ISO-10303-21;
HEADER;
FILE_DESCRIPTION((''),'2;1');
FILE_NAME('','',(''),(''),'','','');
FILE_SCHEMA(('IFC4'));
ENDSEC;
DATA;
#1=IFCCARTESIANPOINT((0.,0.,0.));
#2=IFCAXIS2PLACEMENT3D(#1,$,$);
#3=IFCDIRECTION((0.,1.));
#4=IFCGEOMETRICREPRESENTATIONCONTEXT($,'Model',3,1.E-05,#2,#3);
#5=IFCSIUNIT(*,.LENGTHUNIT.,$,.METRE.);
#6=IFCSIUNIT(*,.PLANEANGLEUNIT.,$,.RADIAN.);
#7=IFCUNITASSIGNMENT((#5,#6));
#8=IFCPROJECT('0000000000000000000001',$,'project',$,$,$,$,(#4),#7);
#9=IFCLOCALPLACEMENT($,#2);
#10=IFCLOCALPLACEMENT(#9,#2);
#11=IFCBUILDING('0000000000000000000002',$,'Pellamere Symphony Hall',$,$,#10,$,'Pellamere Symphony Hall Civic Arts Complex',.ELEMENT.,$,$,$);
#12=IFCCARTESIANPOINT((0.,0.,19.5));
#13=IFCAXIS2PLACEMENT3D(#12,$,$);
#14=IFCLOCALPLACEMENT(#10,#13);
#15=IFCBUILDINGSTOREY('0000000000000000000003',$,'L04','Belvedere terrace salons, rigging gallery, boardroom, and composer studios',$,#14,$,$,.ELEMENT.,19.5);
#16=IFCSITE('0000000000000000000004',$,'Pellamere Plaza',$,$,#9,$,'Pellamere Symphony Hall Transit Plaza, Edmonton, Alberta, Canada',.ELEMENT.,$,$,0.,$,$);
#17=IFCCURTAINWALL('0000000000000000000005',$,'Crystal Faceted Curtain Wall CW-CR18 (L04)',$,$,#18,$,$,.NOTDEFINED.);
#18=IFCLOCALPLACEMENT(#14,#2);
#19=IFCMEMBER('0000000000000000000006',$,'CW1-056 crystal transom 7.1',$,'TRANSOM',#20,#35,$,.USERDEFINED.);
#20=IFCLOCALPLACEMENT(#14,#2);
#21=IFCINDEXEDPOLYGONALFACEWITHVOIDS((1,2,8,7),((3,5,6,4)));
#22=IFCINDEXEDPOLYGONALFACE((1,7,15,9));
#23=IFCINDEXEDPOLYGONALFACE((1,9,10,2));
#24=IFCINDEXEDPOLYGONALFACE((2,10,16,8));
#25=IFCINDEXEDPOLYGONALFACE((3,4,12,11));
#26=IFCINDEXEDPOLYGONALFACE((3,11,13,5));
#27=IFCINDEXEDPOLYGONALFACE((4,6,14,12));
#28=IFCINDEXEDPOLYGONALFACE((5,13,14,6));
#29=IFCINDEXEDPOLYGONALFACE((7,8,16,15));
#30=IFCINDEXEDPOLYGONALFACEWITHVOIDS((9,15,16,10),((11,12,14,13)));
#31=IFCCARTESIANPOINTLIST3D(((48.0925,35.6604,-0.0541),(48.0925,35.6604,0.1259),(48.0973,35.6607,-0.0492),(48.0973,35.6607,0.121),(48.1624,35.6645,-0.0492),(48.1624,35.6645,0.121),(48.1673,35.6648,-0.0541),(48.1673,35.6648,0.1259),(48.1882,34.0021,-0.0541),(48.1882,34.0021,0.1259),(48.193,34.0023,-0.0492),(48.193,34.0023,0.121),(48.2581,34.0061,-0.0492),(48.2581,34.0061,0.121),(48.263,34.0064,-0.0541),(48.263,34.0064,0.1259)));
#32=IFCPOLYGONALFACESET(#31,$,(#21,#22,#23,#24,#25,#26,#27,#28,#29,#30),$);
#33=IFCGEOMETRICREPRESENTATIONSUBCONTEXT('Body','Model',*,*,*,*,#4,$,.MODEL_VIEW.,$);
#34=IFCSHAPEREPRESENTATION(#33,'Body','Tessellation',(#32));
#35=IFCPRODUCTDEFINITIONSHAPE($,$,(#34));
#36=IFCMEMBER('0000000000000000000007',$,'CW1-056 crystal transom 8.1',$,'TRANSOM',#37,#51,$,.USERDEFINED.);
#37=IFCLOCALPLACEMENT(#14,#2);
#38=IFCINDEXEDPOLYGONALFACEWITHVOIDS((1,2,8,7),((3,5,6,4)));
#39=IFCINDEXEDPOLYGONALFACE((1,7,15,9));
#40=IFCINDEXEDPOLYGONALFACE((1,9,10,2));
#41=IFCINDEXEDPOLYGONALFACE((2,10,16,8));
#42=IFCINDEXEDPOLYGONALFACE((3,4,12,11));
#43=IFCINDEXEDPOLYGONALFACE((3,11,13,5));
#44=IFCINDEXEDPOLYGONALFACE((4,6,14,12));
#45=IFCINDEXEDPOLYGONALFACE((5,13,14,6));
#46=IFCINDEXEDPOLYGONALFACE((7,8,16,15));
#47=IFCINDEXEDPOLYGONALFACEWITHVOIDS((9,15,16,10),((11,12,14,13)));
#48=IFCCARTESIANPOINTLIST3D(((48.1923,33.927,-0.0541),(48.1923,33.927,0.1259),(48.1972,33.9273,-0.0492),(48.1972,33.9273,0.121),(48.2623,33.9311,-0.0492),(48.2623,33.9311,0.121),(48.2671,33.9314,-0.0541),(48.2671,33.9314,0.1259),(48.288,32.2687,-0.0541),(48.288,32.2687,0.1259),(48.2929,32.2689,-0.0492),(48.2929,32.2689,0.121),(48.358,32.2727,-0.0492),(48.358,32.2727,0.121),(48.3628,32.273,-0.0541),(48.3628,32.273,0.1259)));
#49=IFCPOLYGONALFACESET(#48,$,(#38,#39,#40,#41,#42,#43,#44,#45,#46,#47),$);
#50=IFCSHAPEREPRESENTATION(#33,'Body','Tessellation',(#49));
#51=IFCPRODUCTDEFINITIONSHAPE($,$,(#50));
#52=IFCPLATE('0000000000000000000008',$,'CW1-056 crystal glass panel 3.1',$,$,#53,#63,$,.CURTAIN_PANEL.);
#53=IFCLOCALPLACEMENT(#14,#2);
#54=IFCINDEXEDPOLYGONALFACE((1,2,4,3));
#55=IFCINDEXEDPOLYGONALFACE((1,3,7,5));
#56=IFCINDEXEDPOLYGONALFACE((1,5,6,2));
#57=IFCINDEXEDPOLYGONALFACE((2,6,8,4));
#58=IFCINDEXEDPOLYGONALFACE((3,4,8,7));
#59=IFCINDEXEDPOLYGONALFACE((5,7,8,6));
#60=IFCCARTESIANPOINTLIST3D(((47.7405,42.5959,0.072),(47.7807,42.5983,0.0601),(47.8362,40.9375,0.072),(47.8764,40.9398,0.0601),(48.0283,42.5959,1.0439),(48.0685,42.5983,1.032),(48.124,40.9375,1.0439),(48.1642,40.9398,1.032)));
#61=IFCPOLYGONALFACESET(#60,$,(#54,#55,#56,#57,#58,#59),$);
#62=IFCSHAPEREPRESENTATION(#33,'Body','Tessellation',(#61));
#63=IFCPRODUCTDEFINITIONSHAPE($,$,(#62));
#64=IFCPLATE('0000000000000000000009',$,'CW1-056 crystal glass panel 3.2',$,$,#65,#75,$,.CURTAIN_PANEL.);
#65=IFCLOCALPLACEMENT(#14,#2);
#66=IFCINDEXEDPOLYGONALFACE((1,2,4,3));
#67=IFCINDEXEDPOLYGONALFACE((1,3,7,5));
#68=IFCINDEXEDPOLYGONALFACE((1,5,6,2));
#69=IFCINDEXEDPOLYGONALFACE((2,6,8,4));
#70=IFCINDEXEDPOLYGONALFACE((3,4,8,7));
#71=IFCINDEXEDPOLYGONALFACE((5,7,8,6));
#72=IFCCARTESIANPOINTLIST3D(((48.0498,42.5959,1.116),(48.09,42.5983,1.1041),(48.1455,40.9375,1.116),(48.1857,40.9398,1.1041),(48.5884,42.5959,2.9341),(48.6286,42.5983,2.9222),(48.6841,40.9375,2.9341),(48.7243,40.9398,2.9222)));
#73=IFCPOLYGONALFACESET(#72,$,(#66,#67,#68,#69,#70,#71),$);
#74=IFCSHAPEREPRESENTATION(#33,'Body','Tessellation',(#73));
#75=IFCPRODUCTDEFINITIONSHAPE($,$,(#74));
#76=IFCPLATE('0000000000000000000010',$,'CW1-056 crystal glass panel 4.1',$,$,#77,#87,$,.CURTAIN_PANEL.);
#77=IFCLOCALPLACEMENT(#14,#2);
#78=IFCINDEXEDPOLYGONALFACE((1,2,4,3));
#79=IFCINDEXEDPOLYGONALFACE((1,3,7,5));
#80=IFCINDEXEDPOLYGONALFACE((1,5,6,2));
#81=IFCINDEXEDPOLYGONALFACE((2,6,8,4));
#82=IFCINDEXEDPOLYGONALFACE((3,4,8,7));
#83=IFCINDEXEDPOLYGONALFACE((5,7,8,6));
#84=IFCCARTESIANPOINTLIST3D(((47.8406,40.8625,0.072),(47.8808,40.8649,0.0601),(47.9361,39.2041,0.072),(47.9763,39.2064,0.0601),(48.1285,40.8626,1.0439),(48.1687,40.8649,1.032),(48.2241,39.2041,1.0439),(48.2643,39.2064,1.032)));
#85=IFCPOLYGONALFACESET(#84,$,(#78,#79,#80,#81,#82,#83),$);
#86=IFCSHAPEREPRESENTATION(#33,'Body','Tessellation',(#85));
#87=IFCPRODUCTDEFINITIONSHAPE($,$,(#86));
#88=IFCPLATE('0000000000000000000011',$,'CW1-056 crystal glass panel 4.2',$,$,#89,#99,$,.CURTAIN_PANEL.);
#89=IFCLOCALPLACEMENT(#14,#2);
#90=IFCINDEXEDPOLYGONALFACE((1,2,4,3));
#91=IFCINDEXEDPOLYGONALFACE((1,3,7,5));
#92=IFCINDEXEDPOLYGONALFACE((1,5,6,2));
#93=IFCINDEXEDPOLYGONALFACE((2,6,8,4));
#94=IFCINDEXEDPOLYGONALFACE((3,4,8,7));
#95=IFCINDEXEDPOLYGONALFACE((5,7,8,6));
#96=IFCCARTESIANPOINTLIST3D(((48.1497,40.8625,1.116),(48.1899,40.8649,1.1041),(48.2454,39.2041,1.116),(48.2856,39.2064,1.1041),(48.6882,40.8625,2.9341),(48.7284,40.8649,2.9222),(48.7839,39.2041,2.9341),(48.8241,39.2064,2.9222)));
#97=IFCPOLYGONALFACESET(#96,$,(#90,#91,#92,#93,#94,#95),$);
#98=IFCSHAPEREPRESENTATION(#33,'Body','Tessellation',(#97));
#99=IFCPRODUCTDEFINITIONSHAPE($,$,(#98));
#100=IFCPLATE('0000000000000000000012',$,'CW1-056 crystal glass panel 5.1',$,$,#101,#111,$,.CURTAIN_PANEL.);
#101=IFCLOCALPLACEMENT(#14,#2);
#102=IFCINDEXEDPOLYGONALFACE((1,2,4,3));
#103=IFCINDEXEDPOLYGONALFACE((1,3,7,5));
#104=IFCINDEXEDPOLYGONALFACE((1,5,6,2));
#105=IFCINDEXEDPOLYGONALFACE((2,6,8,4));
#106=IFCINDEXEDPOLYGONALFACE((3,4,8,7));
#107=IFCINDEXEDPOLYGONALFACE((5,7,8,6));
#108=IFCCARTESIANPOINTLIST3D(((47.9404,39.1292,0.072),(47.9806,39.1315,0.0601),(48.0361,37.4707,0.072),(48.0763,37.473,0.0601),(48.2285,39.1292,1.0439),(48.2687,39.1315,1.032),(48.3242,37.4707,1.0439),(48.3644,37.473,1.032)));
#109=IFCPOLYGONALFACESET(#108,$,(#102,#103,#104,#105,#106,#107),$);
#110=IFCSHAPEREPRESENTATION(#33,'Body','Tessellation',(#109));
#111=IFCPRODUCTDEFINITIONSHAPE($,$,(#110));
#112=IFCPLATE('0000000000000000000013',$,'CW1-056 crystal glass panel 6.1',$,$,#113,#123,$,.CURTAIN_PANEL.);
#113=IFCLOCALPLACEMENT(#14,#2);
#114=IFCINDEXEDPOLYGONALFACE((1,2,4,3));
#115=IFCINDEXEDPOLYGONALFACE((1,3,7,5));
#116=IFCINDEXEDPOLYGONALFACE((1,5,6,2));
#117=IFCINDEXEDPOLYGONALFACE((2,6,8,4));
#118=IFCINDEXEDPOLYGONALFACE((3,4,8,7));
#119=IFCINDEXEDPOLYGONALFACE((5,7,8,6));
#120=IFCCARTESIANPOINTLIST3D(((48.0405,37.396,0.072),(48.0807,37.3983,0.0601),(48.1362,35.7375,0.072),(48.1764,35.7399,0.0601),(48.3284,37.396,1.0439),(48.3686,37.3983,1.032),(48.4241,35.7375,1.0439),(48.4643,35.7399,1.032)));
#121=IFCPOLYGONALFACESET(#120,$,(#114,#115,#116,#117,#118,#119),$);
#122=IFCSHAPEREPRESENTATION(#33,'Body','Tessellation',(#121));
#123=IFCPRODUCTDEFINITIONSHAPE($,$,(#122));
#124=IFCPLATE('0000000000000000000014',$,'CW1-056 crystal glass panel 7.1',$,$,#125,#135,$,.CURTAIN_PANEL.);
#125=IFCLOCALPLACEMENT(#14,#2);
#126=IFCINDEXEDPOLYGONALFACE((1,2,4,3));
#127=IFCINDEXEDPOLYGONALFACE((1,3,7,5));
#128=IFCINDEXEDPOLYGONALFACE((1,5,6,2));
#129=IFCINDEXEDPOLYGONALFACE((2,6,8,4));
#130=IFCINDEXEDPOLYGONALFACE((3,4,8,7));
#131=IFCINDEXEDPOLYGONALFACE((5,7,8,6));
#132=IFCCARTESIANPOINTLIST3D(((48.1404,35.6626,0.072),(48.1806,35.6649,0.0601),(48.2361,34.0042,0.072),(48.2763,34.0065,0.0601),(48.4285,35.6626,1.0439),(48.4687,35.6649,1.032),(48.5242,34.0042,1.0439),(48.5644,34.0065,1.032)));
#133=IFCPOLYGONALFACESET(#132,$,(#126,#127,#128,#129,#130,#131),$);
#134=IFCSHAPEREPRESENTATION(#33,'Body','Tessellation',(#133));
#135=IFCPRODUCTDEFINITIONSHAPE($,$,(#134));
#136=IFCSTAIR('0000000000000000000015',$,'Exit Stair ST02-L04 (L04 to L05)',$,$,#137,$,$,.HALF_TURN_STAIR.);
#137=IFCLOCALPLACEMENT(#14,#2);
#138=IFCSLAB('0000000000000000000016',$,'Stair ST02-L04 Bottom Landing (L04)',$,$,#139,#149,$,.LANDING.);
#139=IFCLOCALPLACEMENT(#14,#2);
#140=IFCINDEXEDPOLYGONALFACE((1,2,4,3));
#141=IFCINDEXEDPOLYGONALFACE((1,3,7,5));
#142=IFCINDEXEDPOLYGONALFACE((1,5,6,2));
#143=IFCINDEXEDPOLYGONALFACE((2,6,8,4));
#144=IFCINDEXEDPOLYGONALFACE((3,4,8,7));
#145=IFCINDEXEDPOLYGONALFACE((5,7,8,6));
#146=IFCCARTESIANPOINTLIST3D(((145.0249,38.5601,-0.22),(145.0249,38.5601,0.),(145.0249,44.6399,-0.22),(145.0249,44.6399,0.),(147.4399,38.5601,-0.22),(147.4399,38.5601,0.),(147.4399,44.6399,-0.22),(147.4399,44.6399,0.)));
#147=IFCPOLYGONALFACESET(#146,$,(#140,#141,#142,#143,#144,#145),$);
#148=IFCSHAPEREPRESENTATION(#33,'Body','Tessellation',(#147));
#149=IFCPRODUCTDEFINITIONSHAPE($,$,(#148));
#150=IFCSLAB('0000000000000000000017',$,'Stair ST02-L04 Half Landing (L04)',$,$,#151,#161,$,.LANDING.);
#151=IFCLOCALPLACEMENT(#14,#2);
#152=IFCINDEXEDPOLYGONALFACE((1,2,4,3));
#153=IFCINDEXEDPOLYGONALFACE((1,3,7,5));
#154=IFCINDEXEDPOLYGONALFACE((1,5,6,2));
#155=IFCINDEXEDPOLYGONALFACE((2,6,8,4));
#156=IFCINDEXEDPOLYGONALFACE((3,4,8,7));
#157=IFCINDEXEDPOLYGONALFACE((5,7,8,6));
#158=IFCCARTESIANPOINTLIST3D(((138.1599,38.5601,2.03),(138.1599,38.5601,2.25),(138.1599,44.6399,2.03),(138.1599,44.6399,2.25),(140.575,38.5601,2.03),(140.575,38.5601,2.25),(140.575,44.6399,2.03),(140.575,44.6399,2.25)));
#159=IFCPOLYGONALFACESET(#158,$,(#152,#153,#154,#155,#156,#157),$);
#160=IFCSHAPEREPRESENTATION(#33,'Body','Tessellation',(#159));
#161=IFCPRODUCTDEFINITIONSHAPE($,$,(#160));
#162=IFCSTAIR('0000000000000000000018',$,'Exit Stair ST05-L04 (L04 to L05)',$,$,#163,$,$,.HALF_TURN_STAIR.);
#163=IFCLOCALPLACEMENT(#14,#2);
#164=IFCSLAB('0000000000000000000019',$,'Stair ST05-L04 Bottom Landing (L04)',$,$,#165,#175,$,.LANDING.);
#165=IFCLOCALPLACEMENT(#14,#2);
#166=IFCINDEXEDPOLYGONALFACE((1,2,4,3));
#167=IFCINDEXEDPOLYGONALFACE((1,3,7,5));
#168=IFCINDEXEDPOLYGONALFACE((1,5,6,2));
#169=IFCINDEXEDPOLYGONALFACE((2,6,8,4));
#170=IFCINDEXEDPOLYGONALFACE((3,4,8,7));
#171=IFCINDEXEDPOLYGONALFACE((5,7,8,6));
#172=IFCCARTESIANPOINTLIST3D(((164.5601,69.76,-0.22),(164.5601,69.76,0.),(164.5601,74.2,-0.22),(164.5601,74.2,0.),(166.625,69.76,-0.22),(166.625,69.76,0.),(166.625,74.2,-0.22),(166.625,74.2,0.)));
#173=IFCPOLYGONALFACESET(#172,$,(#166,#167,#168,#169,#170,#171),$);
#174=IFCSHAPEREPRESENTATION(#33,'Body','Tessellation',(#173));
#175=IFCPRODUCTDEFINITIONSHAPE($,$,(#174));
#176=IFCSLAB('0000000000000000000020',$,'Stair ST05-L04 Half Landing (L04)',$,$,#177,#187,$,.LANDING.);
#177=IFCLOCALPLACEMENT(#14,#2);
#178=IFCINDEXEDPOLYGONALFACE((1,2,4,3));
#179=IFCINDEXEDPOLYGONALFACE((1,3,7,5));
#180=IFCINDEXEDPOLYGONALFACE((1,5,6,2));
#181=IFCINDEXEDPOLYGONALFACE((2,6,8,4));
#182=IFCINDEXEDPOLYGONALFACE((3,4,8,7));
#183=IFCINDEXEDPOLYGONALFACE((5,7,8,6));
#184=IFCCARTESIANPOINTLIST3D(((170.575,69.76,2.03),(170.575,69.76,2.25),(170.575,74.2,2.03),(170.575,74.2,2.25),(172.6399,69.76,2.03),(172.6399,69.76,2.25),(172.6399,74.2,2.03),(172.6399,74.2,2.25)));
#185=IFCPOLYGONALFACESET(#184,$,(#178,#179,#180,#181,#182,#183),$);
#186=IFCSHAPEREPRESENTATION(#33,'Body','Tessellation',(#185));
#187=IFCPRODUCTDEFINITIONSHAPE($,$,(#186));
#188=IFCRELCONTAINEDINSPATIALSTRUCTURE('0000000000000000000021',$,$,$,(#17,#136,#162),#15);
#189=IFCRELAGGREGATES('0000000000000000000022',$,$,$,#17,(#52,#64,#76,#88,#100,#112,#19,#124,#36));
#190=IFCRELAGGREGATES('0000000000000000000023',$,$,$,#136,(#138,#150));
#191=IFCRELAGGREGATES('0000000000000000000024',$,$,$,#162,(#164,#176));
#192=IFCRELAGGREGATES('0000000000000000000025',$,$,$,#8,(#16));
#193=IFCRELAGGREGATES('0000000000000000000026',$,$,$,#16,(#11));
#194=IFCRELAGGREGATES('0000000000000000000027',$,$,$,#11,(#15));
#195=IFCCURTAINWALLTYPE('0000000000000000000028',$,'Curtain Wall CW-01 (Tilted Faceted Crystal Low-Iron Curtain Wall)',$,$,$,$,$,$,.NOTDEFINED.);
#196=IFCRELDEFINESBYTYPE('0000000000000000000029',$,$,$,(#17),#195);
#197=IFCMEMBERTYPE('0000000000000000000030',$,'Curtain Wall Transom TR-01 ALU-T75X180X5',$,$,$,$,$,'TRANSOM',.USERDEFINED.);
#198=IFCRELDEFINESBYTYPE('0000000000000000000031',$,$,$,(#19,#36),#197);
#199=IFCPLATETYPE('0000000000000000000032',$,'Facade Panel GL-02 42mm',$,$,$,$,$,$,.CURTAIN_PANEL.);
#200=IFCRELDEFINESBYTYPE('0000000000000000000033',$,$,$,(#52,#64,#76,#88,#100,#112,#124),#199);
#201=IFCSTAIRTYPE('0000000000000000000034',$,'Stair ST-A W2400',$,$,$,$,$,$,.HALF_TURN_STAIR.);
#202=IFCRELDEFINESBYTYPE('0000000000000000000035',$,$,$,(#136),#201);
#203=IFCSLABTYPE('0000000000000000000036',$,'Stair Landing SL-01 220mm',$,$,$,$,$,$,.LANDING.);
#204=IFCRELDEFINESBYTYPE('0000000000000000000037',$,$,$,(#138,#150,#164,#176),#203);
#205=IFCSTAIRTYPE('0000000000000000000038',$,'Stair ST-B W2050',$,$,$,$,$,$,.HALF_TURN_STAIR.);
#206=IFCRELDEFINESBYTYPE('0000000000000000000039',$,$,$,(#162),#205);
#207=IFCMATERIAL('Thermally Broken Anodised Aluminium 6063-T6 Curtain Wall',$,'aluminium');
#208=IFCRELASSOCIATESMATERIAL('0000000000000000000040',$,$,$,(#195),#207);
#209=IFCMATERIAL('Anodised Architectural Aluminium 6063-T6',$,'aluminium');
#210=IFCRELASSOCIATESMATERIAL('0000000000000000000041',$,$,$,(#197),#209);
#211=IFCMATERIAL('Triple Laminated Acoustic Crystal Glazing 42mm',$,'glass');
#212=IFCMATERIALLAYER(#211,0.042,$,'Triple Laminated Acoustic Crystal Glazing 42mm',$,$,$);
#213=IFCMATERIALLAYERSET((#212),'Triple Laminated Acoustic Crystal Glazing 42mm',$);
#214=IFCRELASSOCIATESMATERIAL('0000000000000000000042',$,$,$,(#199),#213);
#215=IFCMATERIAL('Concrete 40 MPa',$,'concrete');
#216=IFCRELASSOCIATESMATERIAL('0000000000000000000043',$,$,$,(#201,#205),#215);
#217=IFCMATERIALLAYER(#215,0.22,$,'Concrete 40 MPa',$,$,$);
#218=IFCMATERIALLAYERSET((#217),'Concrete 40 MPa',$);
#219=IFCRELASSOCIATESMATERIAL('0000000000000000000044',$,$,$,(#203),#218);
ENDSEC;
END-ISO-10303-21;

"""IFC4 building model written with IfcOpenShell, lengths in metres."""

from ifc_helpers import new_model, si_unit, direction, frame, origin, origin_2d, place, context, subcontext, project, spatial, polyline, hollow_rectangle, outline, extrude, material, layer, layer_set, material_profile, profile_set, type_object, element, aggregate, save


model = new_model("IFC4")

# Units and contexts
model_context = context("Model", 3, precision=1e-05, world=origin(), true_north=direction((0.0, 1.0)))
body_context = subcontext(model_context, "Body", "Model", "MODEL_VIEW")
ifc_project = project(units=[si_unit("LENGTHUNIT", "METRE"), si_unit("PLANEANGLEUNIT", "RADIAN")], contexts=[model_context])

# Site, building, storey
site_placement = place(None, origin())
site = spatial("IfcSite", under=ifc_project, at=site_placement, Name="Pellamere Plaza", LongName="Pellamere Symphony Hall Transit Plaza, Edmonton, Alberta, Canada", CompositionType="ELEMENT", RefElevation=0.0)
building_placement = place(site_placement, origin())
building = spatial("IfcBuilding", under=site, at=building_placement, Name="Pellamere Symphony Hall", LongName="Pellamere Symphony Hall Civic Arts Complex", CompositionType="ELEMENT")
storey_placement = place(building_placement, frame((0.0, 0.0, 19.5)))
storey = spatial("IfcBuildingStorey", under=building, at=storey_placement, Name="L04", Description="Belvedere terrace salons, rigging gallery, boardroom, and composer studios", CompositionType="ELEMENT", Elevation=19.5)

# Curtain wall, members, plates
ifc_material_1 = material(Name="Thermally Broken Anodised Aluminium 6063-T6 Curtain Wall", Category="aluminium")
curtain_wall_type = type_object("IfcCurtainWallType", Name="Curtain Wall CW-01 (Tilted Faceted Crystal Low-Iron Curtain Wall)", PredefinedType="NOTDEFINED", material=ifc_material_1)
curtain_wall_placement = place(storey_placement, origin())
curtain_wall = element("IfcCurtainWall", 1, at=curtain_wall_placement, inside=storey, type_object=curtain_wall_type, Name="Crystal Faceted Curtain Wall CW-CR18 (L04)", PredefinedType="NOTDEFINED")
ifc_material_2 = material(Name="Anodised Architectural Aluminium 6063-T6", Category="aluminium")
ifc_material_profile_1 = material_profile(ifc_material_2, hollow_rectangle(XDim=0.075, YDim=0.1799, WallThickness=0.0049, at=origin_2d()), Name="ALU-T75X180X5")
ifc_profile_set_1 = profile_set([ifc_material_profile_1], Name="Anodised Architectural Aluminium 6063-T6")
member_type_1 = type_object("IfcMemberType", Name="Curtain Wall Transom TR-01 ALU-T75X180X5", ElementType="TRANSOM", PredefinedType="USERDEFINED", material=ifc_profile_set_1)
member_1_placement = place(storey_placement, frame((48.1299, 35.6626, 0.0359), z_axis=(0.057611, -0.998339, 0.0), x_axis=(0.998339, 0.057611, 0.0)))
member_1 = element("IfcMember", 2, at=member_1_placement, type_object=member_type_1, Name="CW1-056 crystal transom 7.1", ObjectType="TRANSOM", PredefinedType="USERDEFINED", context=body_context, shape_type="SweptSolid", body=[
    extrude(hollow_rectangle(XDim=0.075, YDim=0.1799, WallThickness=0.0049, at=origin_2d()), origin(), (0.0, 0.0, 1.0), 1.6611),
])
member_2_placement = place(storey_placement, frame((48.2297, 33.9292, 0.0359), z_axis=(0.057611, -0.998339, 0.0), x_axis=(0.998339, 0.057611, 0.0)))
member_2 = element("IfcMember", 3, at=member_2_placement, type_object=member_type_1, Name="CW1-056 crystal transom 8.1", ObjectType="TRANSOM", PredefinedType="USERDEFINED", context=body_context, shape_type="SweptSolid", body=[
    extrude(hollow_rectangle(XDim=0.075, YDim=0.1799, WallThickness=0.0049, at=origin_2d()), origin(), (0.0, 0.0, 1.0), 1.6611),
])
ifc_material_3 = material(Name="Triple Laminated Acoustic Crystal Glazing 42mm", Category="glass")
ifc_layer_1 = layer(ifc_material_3, 0.042, Name="Triple Laminated Acoustic Crystal Glazing 42mm")
ifc_layer_set_1 = layer_set([ifc_layer_1], Name="Triple Laminated Acoustic Crystal Glazing 42mm")
plate_type = type_object("IfcPlateType", Name="Facade Panel GL-02 42mm", PredefinedType="CURTAIN_PANEL", material=ifc_layer_set_1)
plate_1_placement = place(storey_placement, frame((47.7405, 42.5959, 0.072), z_axis=(-0.95737, -0.055246, 0.283532), x_axis=(0.057611, -0.998339, 0.0)))
plate_1 = element("IfcPlate", 4, at=plate_1_placement, type_object=plate_type, Name="CW1-056 crystal glass panel 3.1", PredefinedType="CURTAIN_PANEL", context=body_context, shape_type="SweptSolid", body=[
    extrude(outline(polyline([(0.0, 0.0), (1.6612, 0.0), (1.6778, 1.0135), (0.0166, 1.0135), (0.0, 0.0)])), origin(), (0.0, 0.0, -1.0), 0.042),
])
plate_2_placement = place(storey_placement, frame((48.0498, 42.5959, 1.116), z_axis=(-0.957352, -0.055245, 0.283593), x_axis=(0.057611, -0.998339, 0.0)))
plate_2 = element("IfcPlate", 5, at=plate_2_placement, type_object=plate_type, Name="CW1-056 crystal glass panel 3.2", PredefinedType="CURTAIN_PANEL", context=body_context, shape_type="SweptSolid", body=[
    extrude(outline(polyline([(0.0, 0.0), (1.6612, 0.0), (1.6922, 1.896), (0.031, 1.896), (0.0, 0.0)])), origin(), (0.0, 0.0, -1.0), 0.042),
])
plate_3_placement = place(storey_placement, frame((47.8406, 40.8625, 0.072), z_axis=(-0.957341, -0.055174, 0.283643), x_axis=(0.057531, -0.998344, -0.00002)))
plate_3 = element("IfcPlate", 6, at=plate_3_placement, type_object=plate_type, Name="CW1-056 crystal glass panel 4.1", PredefinedType="CURTAIN_PANEL", context=body_context, shape_type="SweptSolid", body=[
    extrude(outline(polyline([(0.0, 0.0), (1.6612, 0.0), (1.6777, 1.0136), (0.0165, 1.0135), (0.0, 0.0)])), origin(), (0.0, 0.0, -1.0), 0.042),
])
plate_4_placement = place(storey_placement, frame((48.1497, 40.8625, 1.116), z_axis=(-0.957352, -0.055245, 0.283593), x_axis=(0.057611, -0.998339, 0.0)))
plate_4 = element("IfcPlate", 7, at=plate_4_placement, type_object=plate_type, Name="CW1-056 crystal glass panel 4.2", PredefinedType="CURTAIN_PANEL", context=body_context, shape_type="SweptSolid", body=[
    extrude(outline(polyline([(0.0, 0.0), (1.6612, 0.0), (1.6922, 1.896), (0.031, 1.896), (0.0, 0.0)])), origin(), (0.0, 0.0, -1.0), 0.042),
])
plate_5_placement = place(storey_placement, frame((47.9404, 39.1292, 0.072), z_axis=(-0.957305, -0.055243, 0.283753), x_axis=(0.057611, -0.998339, 0.0)))
plate_5 = element("IfcPlate", 8, at=plate_5_placement, type_object=plate_type, Name="CW1-056 crystal glass panel 5.1", PredefinedType="CURTAIN_PANEL", context=body_context, shape_type="SweptSolid", body=[
    extrude(outline(polyline([(0.0, 0.0), (1.6612, 0.0), (1.6778, 1.0136), (0.0166, 1.0136), (0.0, 0.0)])), origin(), (0.0, 0.0, -1.0), 0.042),
])
plate_6_placement = place(storey_placement, frame((48.0405, 37.396, 0.072), z_axis=(-0.95737, -0.055246, 0.283532), x_axis=(0.057611, -0.998339, 0.0)))
plate_6 = element("IfcPlate", 9, at=plate_6_placement, type_object=plate_type, Name="CW1-056 crystal glass panel 6.1", PredefinedType="CURTAIN_PANEL", context=body_context, shape_type="SweptSolid", body=[
    extrude(outline(polyline([(0.0, 0.0), (1.6612, 0.0), (1.6778, 1.0135), (0.0166, 1.0135), (0.0, 0.0)])), origin(), (0.0, 0.0, -1.0), 0.042),
])
plate_7_placement = place(storey_placement, frame((48.1404, 35.6626, 0.072), z_axis=(-0.957305, -0.055243, 0.283753), x_axis=(0.057611, -0.998339, 0.0)))
plate_7 = element("IfcPlate", 10, at=plate_7_placement, type_object=plate_type, Name="CW1-056 crystal glass panel 7.1", PredefinedType="CURTAIN_PANEL", context=body_context, shape_type="SweptSolid", body=[
    extrude(outline(polyline([(0.0, 0.0), (1.6612, 0.0), (1.6778, 1.0136), (0.0166, 1.0136), (0.0, 0.0)])), origin(), (0.0, 0.0, -1.0), 0.042),
])
aggregate(curtain_wall, [plate_1, plate_2, plate_3, plate_4, plate_5, plate_6, member_1, plate_7, member_2])

# Stairs, slabs
ifc_material_4 = material(Name="Concrete 40 MPa", Category="concrete")
stair_type_1 = type_object("IfcStairType", Name="Stair ST-A W2400", PredefinedType="HALF_TURN_STAIR", material=ifc_material_4)
stair_1_placement = place(storey_placement, origin())
stair_1 = element("IfcStair", 11, at=stair_1_placement, inside=storey, type_object=stair_type_1, Name="Exit Stair ST02-L04 (L04 to L05)", PredefinedType="HALF_TURN_STAIR")
ifc_layer_2 = layer(ifc_material_4, 0.22, Name="Concrete 40 MPa")
ifc_layer_set_2 = layer_set([ifc_layer_2], Name="Concrete 40 MPa")
slab_type_1 = type_object("IfcSlabType", Name="Stair Landing SL-01 220mm", PredefinedType="LANDING", material=ifc_layer_set_2)
slab_1_placement = place(storey_placement, frame((0.0, 0.0, -0.22)))
slab_1 = element("IfcSlab", 12, at=slab_1_placement, type_object=slab_type_1, Name="Stair ST02-L04 Bottom Landing (L04)", PredefinedType="LANDING", context=body_context, shape_type="SweptSolid", body=[
    extrude(outline(polyline([(145.0249, 38.5601), (147.4399, 38.5601), (147.4399, 44.6399), (145.0249, 44.6399), (145.0249, 38.5601)])), origin(), (0.0, 0.0, 1.0), 0.22),
])
slab_2_placement = place(storey_placement, frame((0.0, 0.0, 2.03)))
slab_2 = element("IfcSlab", 13, at=slab_2_placement, type_object=slab_type_1, Name="Stair ST02-L04 Half Landing (L04)", PredefinedType="LANDING", context=body_context, shape_type="SweptSolid", body=[
    extrude(outline(polyline([(138.1599, 38.5601), (140.575, 38.5601), (140.575, 44.6399), (138.1599, 44.6399), (138.1599, 38.5601)])), origin(), (0.0, 0.0, 1.0), 0.22),
])
aggregate(stair_1, [slab_1, slab_2])
stair_type_2 = type_object("IfcStairType", Name="Stair ST-B W2050", PredefinedType="HALF_TURN_STAIR", material=ifc_material_4)
stair_2_placement = place(storey_placement, origin())
stair_2 = element("IfcStair", 14, at=stair_2_placement, inside=storey, type_object=stair_type_2, Name="Exit Stair ST05-L04 (L04 to L05)", PredefinedType="HALF_TURN_STAIR")
slab_3_placement = place(storey_placement, frame((0.0, 0.0, -0.22)))
slab_3 = element("IfcSlab", 15, at=slab_3_placement, type_object=slab_type_1, Name="Stair ST05-L04 Bottom Landing (L04)", PredefinedType="LANDING", context=body_context, shape_type="SweptSolid", body=[
    extrude(outline(polyline([(164.5601, 69.76), (166.625, 69.76), (166.625, 74.2), (164.5601, 74.2), (164.5601, 69.76)])), origin(), (0.0, 0.0, 1.0), 0.22),
])
slab_4_placement = place(storey_placement, frame((0.0, 0.0, 2.03)))
slab_4 = element("IfcSlab", 16, at=slab_4_placement, type_object=slab_type_1, Name="Stair ST05-L04 Half Landing (L04)", PredefinedType="LANDING", context=body_context, shape_type="SweptSolid", body=[
    extrude(outline(polyline([(170.575, 69.76), (172.6399, 69.76), (172.6399, 74.2), (170.575, 74.2), (170.575, 69.76)])), origin(), (0.0, 0.0, 1.0), 0.22),
])
aggregate(stair_2, [slab_3, slab_4])

save(model, "model.ifc")
